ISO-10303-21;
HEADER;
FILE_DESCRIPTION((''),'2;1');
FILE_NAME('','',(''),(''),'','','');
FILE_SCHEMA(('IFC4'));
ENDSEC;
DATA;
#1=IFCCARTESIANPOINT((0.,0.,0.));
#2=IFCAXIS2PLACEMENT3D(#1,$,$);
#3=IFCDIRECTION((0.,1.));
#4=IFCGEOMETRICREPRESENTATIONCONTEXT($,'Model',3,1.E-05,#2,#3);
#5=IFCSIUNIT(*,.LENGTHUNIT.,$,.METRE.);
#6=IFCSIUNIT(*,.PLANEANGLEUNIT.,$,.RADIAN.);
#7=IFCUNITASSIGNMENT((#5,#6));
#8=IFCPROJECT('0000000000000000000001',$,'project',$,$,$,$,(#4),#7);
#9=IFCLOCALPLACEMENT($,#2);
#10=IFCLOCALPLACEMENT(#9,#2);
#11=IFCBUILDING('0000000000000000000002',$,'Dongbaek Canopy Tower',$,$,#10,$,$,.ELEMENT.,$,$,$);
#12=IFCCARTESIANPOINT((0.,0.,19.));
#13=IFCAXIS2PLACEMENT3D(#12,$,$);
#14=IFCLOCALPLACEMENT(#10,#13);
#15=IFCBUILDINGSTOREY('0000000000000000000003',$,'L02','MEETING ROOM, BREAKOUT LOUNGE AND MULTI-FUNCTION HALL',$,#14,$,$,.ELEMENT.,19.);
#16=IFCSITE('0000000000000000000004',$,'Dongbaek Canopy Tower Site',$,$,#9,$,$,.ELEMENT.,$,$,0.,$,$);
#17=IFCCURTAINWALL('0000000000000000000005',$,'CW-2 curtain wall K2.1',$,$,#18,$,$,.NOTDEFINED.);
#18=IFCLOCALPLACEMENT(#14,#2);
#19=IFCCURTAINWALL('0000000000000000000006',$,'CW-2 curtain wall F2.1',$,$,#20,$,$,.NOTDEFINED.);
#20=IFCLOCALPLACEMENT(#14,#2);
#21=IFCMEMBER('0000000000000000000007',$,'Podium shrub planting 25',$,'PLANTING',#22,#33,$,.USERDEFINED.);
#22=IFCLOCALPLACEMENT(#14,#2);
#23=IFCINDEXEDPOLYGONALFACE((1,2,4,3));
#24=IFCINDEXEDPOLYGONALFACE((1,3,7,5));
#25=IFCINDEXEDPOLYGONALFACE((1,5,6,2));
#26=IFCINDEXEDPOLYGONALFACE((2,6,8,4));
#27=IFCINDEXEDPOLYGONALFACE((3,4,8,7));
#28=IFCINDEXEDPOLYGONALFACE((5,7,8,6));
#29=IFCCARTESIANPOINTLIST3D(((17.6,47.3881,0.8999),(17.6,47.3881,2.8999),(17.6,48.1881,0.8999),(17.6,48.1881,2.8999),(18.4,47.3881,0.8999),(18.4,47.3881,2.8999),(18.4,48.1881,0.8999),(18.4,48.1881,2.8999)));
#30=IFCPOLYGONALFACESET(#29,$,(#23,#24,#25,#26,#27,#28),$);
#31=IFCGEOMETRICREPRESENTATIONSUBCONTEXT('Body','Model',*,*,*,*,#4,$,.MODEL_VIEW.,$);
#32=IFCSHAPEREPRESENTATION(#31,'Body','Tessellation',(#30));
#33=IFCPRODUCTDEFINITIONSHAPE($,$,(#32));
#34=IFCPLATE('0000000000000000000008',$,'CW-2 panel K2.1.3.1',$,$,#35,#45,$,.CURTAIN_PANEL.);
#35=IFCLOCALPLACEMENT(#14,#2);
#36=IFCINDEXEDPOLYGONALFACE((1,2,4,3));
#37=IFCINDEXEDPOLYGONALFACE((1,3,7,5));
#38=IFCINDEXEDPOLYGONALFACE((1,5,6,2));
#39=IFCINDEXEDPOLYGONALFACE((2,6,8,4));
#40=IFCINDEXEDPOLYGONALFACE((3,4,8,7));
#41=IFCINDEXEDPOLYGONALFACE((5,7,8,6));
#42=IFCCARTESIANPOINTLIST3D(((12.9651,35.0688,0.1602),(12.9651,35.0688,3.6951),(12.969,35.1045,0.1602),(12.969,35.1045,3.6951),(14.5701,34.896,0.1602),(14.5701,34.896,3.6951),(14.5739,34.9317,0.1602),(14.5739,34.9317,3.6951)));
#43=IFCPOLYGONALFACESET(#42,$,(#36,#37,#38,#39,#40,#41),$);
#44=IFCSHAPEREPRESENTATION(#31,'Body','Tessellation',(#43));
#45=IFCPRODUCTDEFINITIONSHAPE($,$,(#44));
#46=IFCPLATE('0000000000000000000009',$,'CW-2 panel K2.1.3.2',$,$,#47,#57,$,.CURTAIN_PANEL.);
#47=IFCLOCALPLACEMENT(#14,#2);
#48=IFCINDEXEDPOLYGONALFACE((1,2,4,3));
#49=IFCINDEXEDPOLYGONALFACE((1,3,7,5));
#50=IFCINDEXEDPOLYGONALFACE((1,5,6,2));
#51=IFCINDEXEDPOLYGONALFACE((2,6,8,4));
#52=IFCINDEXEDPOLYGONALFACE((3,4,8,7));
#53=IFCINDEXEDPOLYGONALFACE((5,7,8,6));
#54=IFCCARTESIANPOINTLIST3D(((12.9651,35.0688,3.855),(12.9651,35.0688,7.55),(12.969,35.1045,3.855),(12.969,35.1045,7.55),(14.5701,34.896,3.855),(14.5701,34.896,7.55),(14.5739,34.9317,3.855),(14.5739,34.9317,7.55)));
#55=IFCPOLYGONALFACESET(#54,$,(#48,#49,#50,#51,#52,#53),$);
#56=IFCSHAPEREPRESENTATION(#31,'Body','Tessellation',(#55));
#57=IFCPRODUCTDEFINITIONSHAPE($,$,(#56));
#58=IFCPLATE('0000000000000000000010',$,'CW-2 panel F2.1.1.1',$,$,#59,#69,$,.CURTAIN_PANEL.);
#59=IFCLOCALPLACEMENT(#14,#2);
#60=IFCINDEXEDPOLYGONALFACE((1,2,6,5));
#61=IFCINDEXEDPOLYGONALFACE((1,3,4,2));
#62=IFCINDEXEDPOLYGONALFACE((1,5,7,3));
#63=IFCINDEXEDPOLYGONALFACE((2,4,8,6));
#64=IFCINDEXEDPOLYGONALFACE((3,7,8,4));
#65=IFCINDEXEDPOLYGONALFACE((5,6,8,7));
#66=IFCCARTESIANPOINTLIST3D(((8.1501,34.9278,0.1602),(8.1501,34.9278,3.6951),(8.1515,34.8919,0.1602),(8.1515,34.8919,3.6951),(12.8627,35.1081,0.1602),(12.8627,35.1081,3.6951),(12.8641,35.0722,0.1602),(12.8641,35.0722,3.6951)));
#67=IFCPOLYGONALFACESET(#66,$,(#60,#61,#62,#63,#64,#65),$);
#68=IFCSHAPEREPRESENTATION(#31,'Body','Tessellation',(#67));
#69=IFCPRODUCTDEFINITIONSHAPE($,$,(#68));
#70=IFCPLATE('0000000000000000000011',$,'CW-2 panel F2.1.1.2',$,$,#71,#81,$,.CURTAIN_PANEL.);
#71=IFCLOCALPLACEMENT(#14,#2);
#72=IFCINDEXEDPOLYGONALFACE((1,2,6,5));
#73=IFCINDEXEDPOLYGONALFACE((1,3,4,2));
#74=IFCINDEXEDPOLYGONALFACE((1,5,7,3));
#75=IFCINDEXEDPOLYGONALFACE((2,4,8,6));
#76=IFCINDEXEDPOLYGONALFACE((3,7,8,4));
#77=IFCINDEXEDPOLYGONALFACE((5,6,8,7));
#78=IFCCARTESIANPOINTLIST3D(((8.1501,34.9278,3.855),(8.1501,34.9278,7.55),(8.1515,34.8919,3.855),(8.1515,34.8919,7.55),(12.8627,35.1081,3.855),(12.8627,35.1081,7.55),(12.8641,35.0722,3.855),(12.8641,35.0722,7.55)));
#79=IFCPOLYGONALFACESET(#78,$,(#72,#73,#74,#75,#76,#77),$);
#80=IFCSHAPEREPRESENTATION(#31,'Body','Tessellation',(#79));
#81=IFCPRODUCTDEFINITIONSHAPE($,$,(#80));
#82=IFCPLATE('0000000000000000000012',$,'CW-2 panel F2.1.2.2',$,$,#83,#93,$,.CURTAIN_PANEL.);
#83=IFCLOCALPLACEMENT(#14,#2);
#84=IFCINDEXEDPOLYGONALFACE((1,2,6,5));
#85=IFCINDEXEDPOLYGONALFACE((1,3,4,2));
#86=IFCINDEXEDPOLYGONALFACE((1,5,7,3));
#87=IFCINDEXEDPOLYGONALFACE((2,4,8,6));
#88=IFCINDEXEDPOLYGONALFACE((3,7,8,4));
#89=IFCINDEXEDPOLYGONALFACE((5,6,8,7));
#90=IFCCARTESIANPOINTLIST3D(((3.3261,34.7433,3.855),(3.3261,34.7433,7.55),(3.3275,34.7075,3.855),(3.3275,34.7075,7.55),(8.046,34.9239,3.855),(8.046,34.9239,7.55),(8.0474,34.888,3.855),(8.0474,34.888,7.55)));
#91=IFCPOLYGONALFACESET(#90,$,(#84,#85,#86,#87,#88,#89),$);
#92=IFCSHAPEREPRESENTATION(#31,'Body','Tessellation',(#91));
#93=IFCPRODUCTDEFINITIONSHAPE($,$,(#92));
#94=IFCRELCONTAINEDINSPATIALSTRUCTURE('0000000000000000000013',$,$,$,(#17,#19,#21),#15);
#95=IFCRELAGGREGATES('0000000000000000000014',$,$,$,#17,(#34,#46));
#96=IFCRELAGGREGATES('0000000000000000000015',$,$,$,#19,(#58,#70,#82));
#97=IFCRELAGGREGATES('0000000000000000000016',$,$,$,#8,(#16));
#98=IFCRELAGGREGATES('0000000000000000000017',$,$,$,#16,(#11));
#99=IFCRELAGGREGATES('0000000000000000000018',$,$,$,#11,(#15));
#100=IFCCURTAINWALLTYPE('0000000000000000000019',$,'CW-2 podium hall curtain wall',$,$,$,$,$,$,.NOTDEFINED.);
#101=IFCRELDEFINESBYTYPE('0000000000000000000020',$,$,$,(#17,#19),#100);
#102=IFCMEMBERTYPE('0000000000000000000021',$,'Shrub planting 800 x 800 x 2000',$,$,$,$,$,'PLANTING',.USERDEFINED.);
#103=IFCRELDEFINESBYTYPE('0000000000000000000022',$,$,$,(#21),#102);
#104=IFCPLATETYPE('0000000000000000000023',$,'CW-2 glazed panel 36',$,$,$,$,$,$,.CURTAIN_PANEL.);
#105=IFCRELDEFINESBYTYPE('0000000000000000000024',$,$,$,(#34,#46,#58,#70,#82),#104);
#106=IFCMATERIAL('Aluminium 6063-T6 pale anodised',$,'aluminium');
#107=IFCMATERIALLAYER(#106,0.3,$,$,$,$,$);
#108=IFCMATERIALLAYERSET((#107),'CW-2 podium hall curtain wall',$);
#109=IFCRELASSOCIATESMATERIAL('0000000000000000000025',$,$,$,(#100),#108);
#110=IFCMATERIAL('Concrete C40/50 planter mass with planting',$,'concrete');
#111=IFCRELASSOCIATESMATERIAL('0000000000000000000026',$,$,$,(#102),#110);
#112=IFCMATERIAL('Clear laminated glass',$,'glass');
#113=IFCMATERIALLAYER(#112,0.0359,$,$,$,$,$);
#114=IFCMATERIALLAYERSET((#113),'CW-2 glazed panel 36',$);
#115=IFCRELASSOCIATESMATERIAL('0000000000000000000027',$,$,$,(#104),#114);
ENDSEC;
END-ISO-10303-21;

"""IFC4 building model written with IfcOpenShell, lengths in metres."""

from ifc_helpers import new_model, si_unit, direction, frame, origin, origin_2d, place, context, subcontext, project, spatial, rectangle, extrude, material, layer, layer_set, material_profile, profile_set, type_object, element, aggregate, save


model = new_model("IFC4")

# Units and contexts
model_context = context("Model", 3, precision=1e-05, world=origin(), true_north=direction((0.0, 1.0)))
body_context = subcontext(model_context, "Body", "Model", "MODEL_VIEW")
ifc_project = project(units=[si_unit("LENGTHUNIT", "METRE"), si_unit("PLANEANGLEUNIT", "RADIAN")], contexts=[model_context])

# Site, building, storey
site_placement = place(None, origin())
site = spatial("IfcSite", under=ifc_project, at=site_placement, Name="Dongbaek Canopy Tower Site", CompositionType="ELEMENT", RefElevation=0.0)
building_placement = place(site_placement, origin())
building = spatial("IfcBuilding", under=site, at=building_placement, Name="Dongbaek Canopy Tower", CompositionType="ELEMENT")
storey_placement = place(building_placement, frame((0.0, 0.0, 19.0)))
storey = spatial("IfcBuildingStorey", under=building, at=storey_placement, Name="L02", Description="MEETING ROOM, BREAKOUT LOUNGE AND MULTI-FUNCTION HALL", CompositionType="ELEMENT", Elevation=19.0)

# Curtain wall
ifc_material_1 = material(Name="Aluminium 6063-T6 pale anodised", Category="aluminium")
ifc_layer_1 = layer(ifc_material_1, 0.3)
ifc_layer_set_1 = layer_set([ifc_layer_1], Name="CW-2 podium hall curtain wall")
curtain_wall_type = type_object("IfcCurtainWallType", Name="CW-2 podium hall curtain wall", PredefinedType="NOTDEFINED", material=ifc_layer_set_1)
curtain_wall_1_placement = place(storey_placement, origin())
curtain_wall_1 = element("IfcCurtainWall", 1, at=curtain_wall_1_placement, inside=storey, type_object=curtain_wall_type, Name="CW-2 curtain wall K2.1", PredefinedType="NOTDEFINED")

# Curtain wall
curtain_wall_2_placement = place(storey_placement, origin())
curtain_wall_2 = element("IfcCurtainWall", 2, at=curtain_wall_2_placement, inside=storey, type_object=curtain_wall_type, Name="CW-2 curtain wall F2.1", PredefinedType="NOTDEFINED")

# Member
ifc_material_2 = material(Name="Concrete C40/50 planter mass with planting", Category="concrete")
ifc_material_profile_1 = material_profile(ifc_material_2, rectangle(XDim=0.8, YDim=0.8, at=origin_2d()), Name="Shrub planting 800 x 800 x 2000")
ifc_profile_set_1 = profile_set([ifc_material_profile_1], Name="Concrete C40/50 planter mass with planting")
member_type_1 = type_object("IfcMemberType", Name="Shrub planting 800 x 800 x 2000", ElementType="PLANTING", PredefinedType="USERDEFINED", material=ifc_profile_set_1)
for number, where, z_axis, x_axis, name in (
    (3, (18.0, 47.7881, 0.8999), (0.0, 0.0, 1.0), (1.0, 0.0, 0.0), "Podium shrub planting 25"),
):
    element("IfcMember", number, at=place(storey_placement, frame(where, z_axis=z_axis, x_axis=x_axis)), inside=storey, type_object=member_type_1, Name=name, ObjectType="PLANTING", PredefinedType="USERDEFINED", context=body_context, shape_type="SweptSolid", body=[
        extrude(rectangle(XDim=0.8, YDim=0.8, at=origin_2d()), origin(), (0.0, 0.0, 1.0), 2.0),
    ])

# Plates
ifc_material_3 = material(Name="Clear laminated glass", Category="glass")
ifc_layer_2 = layer(ifc_material_3, 0.0359)
ifc_layer_set_2 = layer_set([ifc_layer_2], Name="CW-2 glazed panel 36")
plate_type = type_object("IfcPlateType", Name="CW-2 glazed panel 36", PredefinedType="CURTAIN_PANEL", material=ifc_layer_set_2)
plate_1_placement = place(storey_placement, frame((13.7695, 35.0002, 0.1602), z_axis=(0.0, 0.0, 1.0), x_axis=(-0.994251, 0.107075, 0.0)))
plate_1 = element("IfcPlate", 4, at=plate_1_placement, type_object=plate_type, Name="CW-2 panel K2.1.3.1", PredefinedType="CURTAIN_PANEL", context=body_context, shape_type="SweptSolid", body=[
    extrude(rectangle(XDim=1.6143, YDim=0.0359, at=origin_2d()), origin(), (0.0, 0.0, 1.0), 3.5349),
])
plate_2_placement = place(storey_placement, frame((13.7695, 35.0002, 3.855), z_axis=(0.0, 0.0, 1.0), x_axis=(-0.994251, 0.107075, 0.0)))
plate_2 = element("IfcPlate", 5, at=plate_2_placement, type_object=plate_type, Name="CW-2 panel K2.1.3.2", PredefinedType="CURTAIN_PANEL", context=body_context, shape_type="SweptSolid", body=[
    extrude(rectangle(XDim=1.6143, YDim=0.0359, at=origin_2d()), origin(), (0.0, 0.0, 1.0), 3.6951),
])
aggregate(curtain_wall_1, [plate_1, plate_2])
plate_3_placement = place(storey_placement, frame((10.5071, 35.0, 0.1602), z_axis=(0.0, 0.0, 1.0), x_axis=(-0.999269, -0.038232, 0.0)))
plate_3 = element("IfcPlate", 6, at=plate_3_placement, type_object=plate_type, Name="CW-2 panel F2.1.1.1", PredefinedType="CURTAIN_PANEL", context=body_context, shape_type="SweptSolid", body=[
    extrude(rectangle(XDim=4.7161, YDim=0.0359, at=origin_2d()), origin(), (0.0, 0.0, 1.0), 3.5349),
])
plate_4_placement = place(storey_placement, frame((10.5071, 35.0, 3.855), z_axis=(0.0, 0.0, 1.0), x_axis=(-0.999269, -0.038232, 0.0)))
plate_4 = element("IfcPlate", 7, at=plate_4_placement, type_object=plate_type, Name="CW-2 panel F2.1.1.2", PredefinedType="CURTAIN_PANEL", context=body_context, shape_type="SweptSolid", body=[
    extrude(rectangle(XDim=4.7161, YDim=0.0359, at=origin_2d()), origin(), (0.0, 0.0, 1.0), 3.6951),
])
plate_5_placement = place(storey_placement, frame((5.6868, 34.8157, 3.855), z_axis=(0.0, 0.0, 1.0), x_axis=(-0.999269, -0.038232, 0.0)))
plate_5 = element("IfcPlate", 8, at=plate_5_placement, type_object=plate_type, Name="CW-2 panel F2.1.2.2", PredefinedType="CURTAIN_PANEL", context=body_context, shape_type="SweptSolid", body=[
    extrude(rectangle(XDim=4.7234, YDim=0.0359, at=origin_2d()), origin(), (0.0, 0.0, 1.0), 3.6951),
])
aggregate(curtain_wall_2, [plate_3, plate_4, plate_5])

save(model, "model.ifc")
